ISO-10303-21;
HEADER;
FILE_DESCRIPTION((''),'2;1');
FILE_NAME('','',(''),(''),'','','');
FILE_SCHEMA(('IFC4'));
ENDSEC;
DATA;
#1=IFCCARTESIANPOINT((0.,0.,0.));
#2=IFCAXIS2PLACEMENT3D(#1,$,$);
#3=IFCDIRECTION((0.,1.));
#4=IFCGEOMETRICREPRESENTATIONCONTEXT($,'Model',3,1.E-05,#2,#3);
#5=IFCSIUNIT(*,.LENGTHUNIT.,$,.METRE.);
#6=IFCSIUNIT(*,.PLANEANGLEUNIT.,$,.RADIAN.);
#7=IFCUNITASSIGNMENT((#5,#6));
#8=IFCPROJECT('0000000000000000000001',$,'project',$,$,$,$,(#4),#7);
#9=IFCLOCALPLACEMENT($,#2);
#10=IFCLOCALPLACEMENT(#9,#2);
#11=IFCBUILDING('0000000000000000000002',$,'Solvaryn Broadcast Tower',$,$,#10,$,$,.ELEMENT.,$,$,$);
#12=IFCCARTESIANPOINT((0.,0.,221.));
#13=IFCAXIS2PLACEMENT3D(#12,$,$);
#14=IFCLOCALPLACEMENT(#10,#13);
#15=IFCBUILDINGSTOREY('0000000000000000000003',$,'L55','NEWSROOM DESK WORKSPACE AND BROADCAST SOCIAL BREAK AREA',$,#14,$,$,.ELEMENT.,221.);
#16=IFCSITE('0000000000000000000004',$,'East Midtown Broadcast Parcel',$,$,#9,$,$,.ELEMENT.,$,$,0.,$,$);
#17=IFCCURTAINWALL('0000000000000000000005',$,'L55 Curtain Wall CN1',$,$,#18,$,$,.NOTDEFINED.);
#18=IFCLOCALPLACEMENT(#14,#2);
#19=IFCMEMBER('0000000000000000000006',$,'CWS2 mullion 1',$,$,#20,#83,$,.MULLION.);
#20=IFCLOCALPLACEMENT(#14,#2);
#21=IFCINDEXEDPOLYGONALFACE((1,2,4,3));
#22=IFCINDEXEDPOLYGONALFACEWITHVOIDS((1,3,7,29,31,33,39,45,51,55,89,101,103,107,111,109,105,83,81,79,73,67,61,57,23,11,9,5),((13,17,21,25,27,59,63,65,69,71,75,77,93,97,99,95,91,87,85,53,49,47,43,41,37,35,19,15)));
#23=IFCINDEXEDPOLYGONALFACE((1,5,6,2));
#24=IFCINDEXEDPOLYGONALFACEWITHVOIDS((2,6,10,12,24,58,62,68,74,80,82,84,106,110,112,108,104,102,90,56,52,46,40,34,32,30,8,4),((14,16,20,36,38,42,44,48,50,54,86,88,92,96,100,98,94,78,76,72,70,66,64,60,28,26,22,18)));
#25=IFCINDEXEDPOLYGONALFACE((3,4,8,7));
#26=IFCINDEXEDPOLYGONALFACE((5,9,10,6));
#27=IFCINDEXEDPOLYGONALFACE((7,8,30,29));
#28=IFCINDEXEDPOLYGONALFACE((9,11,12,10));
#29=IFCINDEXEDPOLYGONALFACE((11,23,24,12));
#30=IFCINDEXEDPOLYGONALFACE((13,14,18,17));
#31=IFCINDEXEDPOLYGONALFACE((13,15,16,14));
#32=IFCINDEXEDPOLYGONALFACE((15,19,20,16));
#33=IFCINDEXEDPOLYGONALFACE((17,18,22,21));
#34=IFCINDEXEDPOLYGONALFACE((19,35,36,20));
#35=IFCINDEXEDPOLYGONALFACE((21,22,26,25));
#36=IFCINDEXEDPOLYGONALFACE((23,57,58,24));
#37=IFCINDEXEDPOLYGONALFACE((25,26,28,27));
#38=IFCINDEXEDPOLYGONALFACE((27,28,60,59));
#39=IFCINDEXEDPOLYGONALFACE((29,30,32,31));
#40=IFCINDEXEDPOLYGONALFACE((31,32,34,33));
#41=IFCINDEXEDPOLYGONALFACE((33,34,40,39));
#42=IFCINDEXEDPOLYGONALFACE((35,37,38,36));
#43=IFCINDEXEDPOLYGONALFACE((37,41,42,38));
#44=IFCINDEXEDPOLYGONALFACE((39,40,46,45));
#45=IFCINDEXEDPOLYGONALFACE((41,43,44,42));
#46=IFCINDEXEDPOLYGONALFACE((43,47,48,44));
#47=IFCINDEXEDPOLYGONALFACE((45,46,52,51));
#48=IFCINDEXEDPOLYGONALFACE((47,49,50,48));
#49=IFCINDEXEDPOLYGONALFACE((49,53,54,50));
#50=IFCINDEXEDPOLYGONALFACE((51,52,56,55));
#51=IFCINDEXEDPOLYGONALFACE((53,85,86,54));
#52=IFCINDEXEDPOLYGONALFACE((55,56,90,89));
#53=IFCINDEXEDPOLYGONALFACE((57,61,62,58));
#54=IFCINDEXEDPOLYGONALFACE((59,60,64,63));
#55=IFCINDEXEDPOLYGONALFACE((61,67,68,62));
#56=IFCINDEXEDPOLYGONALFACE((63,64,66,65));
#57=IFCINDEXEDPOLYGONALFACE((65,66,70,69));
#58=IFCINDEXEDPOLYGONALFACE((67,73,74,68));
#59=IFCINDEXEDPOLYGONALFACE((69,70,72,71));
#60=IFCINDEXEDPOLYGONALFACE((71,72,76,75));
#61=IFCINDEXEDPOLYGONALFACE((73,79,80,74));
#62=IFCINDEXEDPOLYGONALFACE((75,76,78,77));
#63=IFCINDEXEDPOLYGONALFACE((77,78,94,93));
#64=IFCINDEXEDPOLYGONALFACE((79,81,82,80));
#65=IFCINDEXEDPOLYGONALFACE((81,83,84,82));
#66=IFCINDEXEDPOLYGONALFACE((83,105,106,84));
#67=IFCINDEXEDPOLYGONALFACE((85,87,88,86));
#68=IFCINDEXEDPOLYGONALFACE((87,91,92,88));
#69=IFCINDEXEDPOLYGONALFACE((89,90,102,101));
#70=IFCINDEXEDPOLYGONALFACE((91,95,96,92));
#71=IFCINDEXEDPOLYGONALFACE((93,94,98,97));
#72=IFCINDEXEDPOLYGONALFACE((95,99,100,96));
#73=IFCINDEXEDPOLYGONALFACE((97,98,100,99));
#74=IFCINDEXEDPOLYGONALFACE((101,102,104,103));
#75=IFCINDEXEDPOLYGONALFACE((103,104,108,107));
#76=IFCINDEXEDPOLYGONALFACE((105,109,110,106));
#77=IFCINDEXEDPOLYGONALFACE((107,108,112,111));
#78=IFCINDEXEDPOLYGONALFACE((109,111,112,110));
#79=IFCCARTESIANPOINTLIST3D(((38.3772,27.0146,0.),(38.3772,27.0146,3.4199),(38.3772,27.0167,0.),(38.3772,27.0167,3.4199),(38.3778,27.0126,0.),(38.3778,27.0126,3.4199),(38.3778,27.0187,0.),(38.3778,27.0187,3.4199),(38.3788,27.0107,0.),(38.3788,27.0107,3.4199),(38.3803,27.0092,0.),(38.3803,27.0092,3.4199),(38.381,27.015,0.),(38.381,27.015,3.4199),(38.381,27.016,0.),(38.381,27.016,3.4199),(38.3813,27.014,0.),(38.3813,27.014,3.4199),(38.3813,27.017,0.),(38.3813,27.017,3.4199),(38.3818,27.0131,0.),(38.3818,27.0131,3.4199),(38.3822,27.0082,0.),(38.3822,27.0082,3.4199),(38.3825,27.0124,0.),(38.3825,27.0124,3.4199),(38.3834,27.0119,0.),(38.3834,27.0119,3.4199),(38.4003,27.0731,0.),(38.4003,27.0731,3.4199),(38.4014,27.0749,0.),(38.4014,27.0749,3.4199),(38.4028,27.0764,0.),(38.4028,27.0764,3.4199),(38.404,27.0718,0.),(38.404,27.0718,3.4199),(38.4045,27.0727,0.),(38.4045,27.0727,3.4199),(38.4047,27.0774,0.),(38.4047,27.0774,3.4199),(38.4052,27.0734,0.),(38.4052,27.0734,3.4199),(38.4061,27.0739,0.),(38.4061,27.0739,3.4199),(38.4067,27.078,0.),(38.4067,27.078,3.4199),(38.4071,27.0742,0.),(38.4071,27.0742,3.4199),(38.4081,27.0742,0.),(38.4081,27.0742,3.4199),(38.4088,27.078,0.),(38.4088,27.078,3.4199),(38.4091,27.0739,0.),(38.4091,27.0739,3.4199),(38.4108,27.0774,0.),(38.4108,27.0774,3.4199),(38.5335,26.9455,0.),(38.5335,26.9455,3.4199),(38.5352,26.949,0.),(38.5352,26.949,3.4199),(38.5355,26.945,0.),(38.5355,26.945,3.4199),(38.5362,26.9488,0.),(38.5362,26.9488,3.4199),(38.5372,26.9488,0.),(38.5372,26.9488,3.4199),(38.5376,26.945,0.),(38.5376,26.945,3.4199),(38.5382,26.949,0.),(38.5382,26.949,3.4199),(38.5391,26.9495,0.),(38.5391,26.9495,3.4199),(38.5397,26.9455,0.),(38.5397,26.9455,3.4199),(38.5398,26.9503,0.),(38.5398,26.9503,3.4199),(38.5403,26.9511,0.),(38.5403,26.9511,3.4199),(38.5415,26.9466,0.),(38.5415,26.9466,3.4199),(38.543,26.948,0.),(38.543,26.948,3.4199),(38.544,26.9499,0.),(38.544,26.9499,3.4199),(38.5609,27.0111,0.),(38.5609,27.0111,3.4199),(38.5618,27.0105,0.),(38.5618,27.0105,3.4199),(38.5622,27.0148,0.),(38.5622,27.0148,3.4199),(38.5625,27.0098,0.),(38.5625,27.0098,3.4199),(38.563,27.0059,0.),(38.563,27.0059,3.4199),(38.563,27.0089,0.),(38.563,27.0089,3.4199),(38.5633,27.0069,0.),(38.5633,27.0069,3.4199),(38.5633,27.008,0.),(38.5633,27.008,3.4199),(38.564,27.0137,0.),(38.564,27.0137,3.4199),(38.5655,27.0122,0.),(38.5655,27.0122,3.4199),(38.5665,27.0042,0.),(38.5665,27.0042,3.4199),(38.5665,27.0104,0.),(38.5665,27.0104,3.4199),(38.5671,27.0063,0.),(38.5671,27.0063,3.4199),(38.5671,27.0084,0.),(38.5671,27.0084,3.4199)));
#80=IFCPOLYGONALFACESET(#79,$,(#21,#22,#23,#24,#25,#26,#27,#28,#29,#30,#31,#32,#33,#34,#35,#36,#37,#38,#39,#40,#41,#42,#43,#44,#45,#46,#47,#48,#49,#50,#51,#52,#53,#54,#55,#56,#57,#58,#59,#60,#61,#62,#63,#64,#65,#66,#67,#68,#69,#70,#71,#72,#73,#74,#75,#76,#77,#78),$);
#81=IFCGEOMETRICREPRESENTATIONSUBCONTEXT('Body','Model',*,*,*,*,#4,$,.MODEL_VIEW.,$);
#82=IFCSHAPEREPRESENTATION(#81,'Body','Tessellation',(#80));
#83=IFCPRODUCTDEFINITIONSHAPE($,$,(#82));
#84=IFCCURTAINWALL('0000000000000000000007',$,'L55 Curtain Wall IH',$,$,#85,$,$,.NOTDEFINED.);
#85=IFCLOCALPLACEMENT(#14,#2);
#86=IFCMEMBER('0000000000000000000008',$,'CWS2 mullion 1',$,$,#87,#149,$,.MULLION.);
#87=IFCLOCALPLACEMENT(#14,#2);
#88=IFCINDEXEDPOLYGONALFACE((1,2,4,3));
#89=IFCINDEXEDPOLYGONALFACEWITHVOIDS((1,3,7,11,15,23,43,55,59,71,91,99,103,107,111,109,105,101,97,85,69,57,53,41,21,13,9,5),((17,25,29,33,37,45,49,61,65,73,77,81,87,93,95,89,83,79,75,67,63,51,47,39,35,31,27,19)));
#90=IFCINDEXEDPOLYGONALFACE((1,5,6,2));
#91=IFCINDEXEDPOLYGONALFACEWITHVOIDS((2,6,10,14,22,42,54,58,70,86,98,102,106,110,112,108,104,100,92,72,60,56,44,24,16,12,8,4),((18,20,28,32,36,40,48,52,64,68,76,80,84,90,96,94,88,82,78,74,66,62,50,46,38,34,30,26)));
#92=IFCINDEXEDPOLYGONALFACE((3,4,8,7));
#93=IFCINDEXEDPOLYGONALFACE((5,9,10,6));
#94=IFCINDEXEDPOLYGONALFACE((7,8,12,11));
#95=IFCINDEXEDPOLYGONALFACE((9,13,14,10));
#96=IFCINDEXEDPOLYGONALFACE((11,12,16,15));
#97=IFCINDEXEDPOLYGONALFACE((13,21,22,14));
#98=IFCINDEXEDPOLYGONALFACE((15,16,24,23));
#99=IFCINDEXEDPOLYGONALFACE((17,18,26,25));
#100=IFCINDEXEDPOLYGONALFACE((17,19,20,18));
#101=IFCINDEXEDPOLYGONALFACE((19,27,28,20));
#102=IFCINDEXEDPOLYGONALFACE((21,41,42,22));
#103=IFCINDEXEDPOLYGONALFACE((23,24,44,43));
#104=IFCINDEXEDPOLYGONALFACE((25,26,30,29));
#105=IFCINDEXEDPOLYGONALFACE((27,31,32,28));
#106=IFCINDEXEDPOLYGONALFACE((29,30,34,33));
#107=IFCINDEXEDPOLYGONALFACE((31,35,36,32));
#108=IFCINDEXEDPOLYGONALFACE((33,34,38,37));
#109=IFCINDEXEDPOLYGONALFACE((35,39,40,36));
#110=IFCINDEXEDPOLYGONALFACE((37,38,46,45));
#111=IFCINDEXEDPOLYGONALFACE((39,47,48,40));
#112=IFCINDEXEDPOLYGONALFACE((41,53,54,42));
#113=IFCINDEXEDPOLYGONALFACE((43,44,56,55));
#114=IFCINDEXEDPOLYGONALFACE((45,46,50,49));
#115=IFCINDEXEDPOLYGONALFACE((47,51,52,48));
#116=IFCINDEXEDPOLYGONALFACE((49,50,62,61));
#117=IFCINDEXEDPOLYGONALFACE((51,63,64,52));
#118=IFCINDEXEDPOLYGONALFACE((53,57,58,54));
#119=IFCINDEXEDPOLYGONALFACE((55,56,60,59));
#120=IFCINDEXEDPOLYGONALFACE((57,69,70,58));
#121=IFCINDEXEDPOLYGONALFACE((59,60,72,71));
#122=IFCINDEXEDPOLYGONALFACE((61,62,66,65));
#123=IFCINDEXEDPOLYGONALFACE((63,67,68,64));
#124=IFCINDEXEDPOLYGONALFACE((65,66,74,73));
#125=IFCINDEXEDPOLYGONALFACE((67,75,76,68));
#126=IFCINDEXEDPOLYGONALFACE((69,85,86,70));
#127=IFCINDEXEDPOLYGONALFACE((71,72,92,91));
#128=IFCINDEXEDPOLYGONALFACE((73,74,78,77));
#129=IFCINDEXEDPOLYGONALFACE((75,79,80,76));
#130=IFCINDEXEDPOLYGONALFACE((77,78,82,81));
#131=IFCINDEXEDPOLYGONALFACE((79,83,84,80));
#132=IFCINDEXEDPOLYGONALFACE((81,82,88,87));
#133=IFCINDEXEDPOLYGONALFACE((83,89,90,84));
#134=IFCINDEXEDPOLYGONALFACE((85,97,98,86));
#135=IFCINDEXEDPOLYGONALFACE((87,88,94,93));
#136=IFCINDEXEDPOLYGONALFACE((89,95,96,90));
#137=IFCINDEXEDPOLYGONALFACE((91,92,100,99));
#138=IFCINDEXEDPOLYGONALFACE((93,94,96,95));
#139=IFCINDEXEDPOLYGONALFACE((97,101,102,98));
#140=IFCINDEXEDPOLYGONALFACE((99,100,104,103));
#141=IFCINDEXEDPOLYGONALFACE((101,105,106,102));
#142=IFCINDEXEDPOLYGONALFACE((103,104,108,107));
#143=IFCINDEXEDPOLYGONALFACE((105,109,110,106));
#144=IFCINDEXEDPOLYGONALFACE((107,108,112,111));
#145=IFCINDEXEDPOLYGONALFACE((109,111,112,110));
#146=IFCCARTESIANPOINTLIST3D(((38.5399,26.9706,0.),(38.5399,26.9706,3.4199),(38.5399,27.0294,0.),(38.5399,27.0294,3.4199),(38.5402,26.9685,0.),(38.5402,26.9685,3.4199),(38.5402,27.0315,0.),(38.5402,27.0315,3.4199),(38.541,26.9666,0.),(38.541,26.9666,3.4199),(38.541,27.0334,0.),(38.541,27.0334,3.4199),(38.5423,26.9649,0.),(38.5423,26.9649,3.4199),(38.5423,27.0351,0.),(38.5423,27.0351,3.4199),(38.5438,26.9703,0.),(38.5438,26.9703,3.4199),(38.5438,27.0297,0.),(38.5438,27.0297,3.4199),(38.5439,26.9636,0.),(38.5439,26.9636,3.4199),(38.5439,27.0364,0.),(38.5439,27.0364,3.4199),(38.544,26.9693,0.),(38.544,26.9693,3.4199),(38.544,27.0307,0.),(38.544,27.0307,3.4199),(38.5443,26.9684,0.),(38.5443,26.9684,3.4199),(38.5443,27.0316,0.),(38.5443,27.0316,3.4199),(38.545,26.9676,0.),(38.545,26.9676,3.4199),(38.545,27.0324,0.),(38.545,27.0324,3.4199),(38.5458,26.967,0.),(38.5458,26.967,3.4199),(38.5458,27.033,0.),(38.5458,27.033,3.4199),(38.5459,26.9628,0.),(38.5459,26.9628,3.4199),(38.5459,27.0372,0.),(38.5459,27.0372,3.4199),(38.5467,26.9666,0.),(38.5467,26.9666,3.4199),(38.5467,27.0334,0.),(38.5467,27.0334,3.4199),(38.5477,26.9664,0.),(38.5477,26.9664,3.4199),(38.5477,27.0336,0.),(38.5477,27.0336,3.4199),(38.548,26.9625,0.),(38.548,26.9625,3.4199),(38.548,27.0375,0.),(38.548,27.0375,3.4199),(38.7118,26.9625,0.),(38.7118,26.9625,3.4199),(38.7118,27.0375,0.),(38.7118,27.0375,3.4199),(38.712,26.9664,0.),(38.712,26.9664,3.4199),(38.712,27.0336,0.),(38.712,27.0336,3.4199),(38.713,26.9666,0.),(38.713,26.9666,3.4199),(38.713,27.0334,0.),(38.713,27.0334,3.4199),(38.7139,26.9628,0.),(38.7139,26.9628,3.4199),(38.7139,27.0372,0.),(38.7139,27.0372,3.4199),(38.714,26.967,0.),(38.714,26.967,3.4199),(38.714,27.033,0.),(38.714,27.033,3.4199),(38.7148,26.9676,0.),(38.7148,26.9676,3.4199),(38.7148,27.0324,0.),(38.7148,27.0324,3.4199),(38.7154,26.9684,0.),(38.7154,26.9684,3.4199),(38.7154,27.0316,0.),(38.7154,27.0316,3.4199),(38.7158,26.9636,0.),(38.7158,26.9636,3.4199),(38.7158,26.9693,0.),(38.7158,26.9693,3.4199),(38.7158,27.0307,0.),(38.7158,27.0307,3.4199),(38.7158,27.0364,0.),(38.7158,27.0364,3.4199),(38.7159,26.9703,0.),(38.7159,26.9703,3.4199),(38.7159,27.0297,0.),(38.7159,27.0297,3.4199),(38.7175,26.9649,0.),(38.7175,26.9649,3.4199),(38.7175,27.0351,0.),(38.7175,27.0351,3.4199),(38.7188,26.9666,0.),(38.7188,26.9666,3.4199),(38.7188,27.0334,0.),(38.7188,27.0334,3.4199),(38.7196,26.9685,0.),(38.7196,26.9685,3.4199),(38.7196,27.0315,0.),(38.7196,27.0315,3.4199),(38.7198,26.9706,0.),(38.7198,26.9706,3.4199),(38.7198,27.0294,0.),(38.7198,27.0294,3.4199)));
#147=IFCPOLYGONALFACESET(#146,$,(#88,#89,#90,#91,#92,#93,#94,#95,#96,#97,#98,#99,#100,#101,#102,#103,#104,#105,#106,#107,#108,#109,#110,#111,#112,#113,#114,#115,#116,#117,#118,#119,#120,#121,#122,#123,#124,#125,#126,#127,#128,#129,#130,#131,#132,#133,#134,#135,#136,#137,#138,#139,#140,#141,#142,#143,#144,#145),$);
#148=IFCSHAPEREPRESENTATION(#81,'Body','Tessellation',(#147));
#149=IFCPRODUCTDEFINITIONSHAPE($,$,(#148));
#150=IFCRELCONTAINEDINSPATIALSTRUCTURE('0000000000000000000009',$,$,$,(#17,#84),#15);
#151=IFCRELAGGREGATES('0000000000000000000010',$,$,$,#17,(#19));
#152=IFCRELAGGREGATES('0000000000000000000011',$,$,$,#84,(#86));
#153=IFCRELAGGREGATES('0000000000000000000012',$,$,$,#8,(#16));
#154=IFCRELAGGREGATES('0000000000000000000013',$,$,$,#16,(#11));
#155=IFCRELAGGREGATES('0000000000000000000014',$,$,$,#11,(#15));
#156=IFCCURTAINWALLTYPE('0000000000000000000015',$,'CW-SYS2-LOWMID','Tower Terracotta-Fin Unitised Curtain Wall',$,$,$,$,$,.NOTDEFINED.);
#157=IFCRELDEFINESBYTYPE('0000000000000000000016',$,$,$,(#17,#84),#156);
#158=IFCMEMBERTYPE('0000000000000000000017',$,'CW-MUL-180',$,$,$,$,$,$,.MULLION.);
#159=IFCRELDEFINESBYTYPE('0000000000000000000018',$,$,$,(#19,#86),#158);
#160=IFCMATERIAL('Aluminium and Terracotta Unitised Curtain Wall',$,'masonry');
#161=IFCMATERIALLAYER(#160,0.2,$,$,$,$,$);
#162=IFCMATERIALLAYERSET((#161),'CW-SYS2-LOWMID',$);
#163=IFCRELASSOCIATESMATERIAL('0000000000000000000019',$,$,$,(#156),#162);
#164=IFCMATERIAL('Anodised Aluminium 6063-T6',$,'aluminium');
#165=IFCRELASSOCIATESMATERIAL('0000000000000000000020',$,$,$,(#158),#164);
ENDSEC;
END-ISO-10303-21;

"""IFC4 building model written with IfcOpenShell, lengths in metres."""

from ifc_helpers import new_model, si_unit, direction, frame, origin, origin_2d, place, context, subcontext, project, spatial, hollow_rectangle, extrude, material, layer, layer_set, material_profile, profile_set, type_object, element, aggregate, save


model = new_model("IFC4")

# Units and contexts
model_context = context("Model", 3, precision=1e-05, world=origin(), true_north=direction((0.0, 1.0)))
body_context = subcontext(model_context, "Body", "Model", "MODEL_VIEW")
ifc_project = project(units=[si_unit("LENGTHUNIT", "METRE"), si_unit("PLANEANGLEUNIT", "RADIAN")], contexts=[model_context])

# Site, building, storey
site_placement = place(None, origin())
site = spatial("IfcSite", under=ifc_project, at=site_placement, Name="East Midtown Broadcast Parcel", CompositionType="ELEMENT", RefElevation=0.0)
building_placement = place(site_placement, origin())
building = spatial("IfcBuilding", under=site, at=building_placement, Name="Solvaryn Broadcast Tower", CompositionType="ELEMENT")
storey_placement = place(building_placement, frame((0.0, 0.0, 221.0)))
storey = spatial("IfcBuildingStorey", under=building, at=storey_placement, Name="L55", Description="NEWSROOM DESK WORKSPACE AND BROADCAST SOCIAL BREAK AREA", CompositionType="ELEMENT", Elevation=221.0)

# Curtain walls, members
ifc_material_1 = material(Name="Aluminium and Terracotta Unitised Curtain Wall", Category="masonry")
ifc_layer_1 = layer(ifc_material_1, 0.2)
ifc_layer_set_1 = layer_set([ifc_layer_1], Name="CW-SYS2-LOWMID")
curtain_wall_type = type_object("IfcCurtainWallType", Name="CW-SYS2-LOWMID", Description="Tower Terracotta-Fin Unitised Curtain Wall", PredefinedType="NOTDEFINED", material=ifc_layer_set_1)
curtain_wall_1_placement = place(storey_placement, origin())
curtain_wall_1 = element("IfcCurtainWall", 1, at=curtain_wall_1_placement, inside=storey, type_object=curtain_wall_type, Name="L55 Curtain Wall CN1", PredefinedType="NOTDEFINED")
ifc_material_2 = material(Name="Anodised Aluminium 6063-T6", Category="aluminium")
ifc_material_profile_1 = material_profile(ifc_material_2, hollow_rectangle(XDim=0.075, YDim=0.1799, WallThickness=0.0039, InnerFilletRadius=0.0039, OuterFilletRadius=0.0081, at=origin_2d()))
ifc_profile_set_1 = profile_set([ifc_material_profile_1], Name="Anodised Aluminium 6063-T6")
member_type_1 = type_object("IfcMemberType", Name="CW-MUL-180", PredefinedType="MULLION", material=ifc_profile_set_1)
member_1_placement = place(storey_placement, frame((38.4722, 27.0115, 0.0), z_axis=(0.0, 0.0, 1.0), x_axis=(-0.382646, -0.923895, 0.0)))
member_1 = element("IfcMember", 2, at=member_1_placement, type_object=member_type_1, Name="CWS2 mullion 1", PredefinedType="MULLION", context=body_context, shape_type="SweptSolid", body=[
    extrude(hollow_rectangle(XDim=0.075, YDim=0.1799, WallThickness=0.0039, InnerFilletRadius=0.0039, OuterFilletRadius=0.0081, at=origin_2d()), origin(), (0.0, 0.0, 1.0), 3.4199),
])
curtain_wall_2_placement = place(storey_placement, origin())
curtain_wall_2 = element("IfcCurtainWall", 3, at=curtain_wall_2_placement, inside=storey, type_object=curtain_wall_type, Name="L55 Curtain Wall IH", PredefinedType="NOTDEFINED")
member_2_placement = place(storey_placement, frame((38.6299, 27.0, 0.0), z_axis=(0.0, 0.0, 1.0), x_axis=(0.0, 1.0, 0.0)))
member_2 = element("IfcMember", 4, at=member_2_placement, type_object=member_type_1, Name="CWS2 mullion 1", PredefinedType="MULLION", context=body_context, shape_type="SweptSolid", body=[
    extrude(hollow_rectangle(XDim=0.075, YDim=0.1799, WallThickness=0.0039, InnerFilletRadius=0.0039, OuterFilletRadius=0.0081, at=origin_2d()), origin(), (0.0, 0.0, 1.0), 3.4199),
])

aggregate(curtain_wall_1, [member_1])
aggregate(curtain_wall_2, [member_2])

save(model, "model.ifc")
